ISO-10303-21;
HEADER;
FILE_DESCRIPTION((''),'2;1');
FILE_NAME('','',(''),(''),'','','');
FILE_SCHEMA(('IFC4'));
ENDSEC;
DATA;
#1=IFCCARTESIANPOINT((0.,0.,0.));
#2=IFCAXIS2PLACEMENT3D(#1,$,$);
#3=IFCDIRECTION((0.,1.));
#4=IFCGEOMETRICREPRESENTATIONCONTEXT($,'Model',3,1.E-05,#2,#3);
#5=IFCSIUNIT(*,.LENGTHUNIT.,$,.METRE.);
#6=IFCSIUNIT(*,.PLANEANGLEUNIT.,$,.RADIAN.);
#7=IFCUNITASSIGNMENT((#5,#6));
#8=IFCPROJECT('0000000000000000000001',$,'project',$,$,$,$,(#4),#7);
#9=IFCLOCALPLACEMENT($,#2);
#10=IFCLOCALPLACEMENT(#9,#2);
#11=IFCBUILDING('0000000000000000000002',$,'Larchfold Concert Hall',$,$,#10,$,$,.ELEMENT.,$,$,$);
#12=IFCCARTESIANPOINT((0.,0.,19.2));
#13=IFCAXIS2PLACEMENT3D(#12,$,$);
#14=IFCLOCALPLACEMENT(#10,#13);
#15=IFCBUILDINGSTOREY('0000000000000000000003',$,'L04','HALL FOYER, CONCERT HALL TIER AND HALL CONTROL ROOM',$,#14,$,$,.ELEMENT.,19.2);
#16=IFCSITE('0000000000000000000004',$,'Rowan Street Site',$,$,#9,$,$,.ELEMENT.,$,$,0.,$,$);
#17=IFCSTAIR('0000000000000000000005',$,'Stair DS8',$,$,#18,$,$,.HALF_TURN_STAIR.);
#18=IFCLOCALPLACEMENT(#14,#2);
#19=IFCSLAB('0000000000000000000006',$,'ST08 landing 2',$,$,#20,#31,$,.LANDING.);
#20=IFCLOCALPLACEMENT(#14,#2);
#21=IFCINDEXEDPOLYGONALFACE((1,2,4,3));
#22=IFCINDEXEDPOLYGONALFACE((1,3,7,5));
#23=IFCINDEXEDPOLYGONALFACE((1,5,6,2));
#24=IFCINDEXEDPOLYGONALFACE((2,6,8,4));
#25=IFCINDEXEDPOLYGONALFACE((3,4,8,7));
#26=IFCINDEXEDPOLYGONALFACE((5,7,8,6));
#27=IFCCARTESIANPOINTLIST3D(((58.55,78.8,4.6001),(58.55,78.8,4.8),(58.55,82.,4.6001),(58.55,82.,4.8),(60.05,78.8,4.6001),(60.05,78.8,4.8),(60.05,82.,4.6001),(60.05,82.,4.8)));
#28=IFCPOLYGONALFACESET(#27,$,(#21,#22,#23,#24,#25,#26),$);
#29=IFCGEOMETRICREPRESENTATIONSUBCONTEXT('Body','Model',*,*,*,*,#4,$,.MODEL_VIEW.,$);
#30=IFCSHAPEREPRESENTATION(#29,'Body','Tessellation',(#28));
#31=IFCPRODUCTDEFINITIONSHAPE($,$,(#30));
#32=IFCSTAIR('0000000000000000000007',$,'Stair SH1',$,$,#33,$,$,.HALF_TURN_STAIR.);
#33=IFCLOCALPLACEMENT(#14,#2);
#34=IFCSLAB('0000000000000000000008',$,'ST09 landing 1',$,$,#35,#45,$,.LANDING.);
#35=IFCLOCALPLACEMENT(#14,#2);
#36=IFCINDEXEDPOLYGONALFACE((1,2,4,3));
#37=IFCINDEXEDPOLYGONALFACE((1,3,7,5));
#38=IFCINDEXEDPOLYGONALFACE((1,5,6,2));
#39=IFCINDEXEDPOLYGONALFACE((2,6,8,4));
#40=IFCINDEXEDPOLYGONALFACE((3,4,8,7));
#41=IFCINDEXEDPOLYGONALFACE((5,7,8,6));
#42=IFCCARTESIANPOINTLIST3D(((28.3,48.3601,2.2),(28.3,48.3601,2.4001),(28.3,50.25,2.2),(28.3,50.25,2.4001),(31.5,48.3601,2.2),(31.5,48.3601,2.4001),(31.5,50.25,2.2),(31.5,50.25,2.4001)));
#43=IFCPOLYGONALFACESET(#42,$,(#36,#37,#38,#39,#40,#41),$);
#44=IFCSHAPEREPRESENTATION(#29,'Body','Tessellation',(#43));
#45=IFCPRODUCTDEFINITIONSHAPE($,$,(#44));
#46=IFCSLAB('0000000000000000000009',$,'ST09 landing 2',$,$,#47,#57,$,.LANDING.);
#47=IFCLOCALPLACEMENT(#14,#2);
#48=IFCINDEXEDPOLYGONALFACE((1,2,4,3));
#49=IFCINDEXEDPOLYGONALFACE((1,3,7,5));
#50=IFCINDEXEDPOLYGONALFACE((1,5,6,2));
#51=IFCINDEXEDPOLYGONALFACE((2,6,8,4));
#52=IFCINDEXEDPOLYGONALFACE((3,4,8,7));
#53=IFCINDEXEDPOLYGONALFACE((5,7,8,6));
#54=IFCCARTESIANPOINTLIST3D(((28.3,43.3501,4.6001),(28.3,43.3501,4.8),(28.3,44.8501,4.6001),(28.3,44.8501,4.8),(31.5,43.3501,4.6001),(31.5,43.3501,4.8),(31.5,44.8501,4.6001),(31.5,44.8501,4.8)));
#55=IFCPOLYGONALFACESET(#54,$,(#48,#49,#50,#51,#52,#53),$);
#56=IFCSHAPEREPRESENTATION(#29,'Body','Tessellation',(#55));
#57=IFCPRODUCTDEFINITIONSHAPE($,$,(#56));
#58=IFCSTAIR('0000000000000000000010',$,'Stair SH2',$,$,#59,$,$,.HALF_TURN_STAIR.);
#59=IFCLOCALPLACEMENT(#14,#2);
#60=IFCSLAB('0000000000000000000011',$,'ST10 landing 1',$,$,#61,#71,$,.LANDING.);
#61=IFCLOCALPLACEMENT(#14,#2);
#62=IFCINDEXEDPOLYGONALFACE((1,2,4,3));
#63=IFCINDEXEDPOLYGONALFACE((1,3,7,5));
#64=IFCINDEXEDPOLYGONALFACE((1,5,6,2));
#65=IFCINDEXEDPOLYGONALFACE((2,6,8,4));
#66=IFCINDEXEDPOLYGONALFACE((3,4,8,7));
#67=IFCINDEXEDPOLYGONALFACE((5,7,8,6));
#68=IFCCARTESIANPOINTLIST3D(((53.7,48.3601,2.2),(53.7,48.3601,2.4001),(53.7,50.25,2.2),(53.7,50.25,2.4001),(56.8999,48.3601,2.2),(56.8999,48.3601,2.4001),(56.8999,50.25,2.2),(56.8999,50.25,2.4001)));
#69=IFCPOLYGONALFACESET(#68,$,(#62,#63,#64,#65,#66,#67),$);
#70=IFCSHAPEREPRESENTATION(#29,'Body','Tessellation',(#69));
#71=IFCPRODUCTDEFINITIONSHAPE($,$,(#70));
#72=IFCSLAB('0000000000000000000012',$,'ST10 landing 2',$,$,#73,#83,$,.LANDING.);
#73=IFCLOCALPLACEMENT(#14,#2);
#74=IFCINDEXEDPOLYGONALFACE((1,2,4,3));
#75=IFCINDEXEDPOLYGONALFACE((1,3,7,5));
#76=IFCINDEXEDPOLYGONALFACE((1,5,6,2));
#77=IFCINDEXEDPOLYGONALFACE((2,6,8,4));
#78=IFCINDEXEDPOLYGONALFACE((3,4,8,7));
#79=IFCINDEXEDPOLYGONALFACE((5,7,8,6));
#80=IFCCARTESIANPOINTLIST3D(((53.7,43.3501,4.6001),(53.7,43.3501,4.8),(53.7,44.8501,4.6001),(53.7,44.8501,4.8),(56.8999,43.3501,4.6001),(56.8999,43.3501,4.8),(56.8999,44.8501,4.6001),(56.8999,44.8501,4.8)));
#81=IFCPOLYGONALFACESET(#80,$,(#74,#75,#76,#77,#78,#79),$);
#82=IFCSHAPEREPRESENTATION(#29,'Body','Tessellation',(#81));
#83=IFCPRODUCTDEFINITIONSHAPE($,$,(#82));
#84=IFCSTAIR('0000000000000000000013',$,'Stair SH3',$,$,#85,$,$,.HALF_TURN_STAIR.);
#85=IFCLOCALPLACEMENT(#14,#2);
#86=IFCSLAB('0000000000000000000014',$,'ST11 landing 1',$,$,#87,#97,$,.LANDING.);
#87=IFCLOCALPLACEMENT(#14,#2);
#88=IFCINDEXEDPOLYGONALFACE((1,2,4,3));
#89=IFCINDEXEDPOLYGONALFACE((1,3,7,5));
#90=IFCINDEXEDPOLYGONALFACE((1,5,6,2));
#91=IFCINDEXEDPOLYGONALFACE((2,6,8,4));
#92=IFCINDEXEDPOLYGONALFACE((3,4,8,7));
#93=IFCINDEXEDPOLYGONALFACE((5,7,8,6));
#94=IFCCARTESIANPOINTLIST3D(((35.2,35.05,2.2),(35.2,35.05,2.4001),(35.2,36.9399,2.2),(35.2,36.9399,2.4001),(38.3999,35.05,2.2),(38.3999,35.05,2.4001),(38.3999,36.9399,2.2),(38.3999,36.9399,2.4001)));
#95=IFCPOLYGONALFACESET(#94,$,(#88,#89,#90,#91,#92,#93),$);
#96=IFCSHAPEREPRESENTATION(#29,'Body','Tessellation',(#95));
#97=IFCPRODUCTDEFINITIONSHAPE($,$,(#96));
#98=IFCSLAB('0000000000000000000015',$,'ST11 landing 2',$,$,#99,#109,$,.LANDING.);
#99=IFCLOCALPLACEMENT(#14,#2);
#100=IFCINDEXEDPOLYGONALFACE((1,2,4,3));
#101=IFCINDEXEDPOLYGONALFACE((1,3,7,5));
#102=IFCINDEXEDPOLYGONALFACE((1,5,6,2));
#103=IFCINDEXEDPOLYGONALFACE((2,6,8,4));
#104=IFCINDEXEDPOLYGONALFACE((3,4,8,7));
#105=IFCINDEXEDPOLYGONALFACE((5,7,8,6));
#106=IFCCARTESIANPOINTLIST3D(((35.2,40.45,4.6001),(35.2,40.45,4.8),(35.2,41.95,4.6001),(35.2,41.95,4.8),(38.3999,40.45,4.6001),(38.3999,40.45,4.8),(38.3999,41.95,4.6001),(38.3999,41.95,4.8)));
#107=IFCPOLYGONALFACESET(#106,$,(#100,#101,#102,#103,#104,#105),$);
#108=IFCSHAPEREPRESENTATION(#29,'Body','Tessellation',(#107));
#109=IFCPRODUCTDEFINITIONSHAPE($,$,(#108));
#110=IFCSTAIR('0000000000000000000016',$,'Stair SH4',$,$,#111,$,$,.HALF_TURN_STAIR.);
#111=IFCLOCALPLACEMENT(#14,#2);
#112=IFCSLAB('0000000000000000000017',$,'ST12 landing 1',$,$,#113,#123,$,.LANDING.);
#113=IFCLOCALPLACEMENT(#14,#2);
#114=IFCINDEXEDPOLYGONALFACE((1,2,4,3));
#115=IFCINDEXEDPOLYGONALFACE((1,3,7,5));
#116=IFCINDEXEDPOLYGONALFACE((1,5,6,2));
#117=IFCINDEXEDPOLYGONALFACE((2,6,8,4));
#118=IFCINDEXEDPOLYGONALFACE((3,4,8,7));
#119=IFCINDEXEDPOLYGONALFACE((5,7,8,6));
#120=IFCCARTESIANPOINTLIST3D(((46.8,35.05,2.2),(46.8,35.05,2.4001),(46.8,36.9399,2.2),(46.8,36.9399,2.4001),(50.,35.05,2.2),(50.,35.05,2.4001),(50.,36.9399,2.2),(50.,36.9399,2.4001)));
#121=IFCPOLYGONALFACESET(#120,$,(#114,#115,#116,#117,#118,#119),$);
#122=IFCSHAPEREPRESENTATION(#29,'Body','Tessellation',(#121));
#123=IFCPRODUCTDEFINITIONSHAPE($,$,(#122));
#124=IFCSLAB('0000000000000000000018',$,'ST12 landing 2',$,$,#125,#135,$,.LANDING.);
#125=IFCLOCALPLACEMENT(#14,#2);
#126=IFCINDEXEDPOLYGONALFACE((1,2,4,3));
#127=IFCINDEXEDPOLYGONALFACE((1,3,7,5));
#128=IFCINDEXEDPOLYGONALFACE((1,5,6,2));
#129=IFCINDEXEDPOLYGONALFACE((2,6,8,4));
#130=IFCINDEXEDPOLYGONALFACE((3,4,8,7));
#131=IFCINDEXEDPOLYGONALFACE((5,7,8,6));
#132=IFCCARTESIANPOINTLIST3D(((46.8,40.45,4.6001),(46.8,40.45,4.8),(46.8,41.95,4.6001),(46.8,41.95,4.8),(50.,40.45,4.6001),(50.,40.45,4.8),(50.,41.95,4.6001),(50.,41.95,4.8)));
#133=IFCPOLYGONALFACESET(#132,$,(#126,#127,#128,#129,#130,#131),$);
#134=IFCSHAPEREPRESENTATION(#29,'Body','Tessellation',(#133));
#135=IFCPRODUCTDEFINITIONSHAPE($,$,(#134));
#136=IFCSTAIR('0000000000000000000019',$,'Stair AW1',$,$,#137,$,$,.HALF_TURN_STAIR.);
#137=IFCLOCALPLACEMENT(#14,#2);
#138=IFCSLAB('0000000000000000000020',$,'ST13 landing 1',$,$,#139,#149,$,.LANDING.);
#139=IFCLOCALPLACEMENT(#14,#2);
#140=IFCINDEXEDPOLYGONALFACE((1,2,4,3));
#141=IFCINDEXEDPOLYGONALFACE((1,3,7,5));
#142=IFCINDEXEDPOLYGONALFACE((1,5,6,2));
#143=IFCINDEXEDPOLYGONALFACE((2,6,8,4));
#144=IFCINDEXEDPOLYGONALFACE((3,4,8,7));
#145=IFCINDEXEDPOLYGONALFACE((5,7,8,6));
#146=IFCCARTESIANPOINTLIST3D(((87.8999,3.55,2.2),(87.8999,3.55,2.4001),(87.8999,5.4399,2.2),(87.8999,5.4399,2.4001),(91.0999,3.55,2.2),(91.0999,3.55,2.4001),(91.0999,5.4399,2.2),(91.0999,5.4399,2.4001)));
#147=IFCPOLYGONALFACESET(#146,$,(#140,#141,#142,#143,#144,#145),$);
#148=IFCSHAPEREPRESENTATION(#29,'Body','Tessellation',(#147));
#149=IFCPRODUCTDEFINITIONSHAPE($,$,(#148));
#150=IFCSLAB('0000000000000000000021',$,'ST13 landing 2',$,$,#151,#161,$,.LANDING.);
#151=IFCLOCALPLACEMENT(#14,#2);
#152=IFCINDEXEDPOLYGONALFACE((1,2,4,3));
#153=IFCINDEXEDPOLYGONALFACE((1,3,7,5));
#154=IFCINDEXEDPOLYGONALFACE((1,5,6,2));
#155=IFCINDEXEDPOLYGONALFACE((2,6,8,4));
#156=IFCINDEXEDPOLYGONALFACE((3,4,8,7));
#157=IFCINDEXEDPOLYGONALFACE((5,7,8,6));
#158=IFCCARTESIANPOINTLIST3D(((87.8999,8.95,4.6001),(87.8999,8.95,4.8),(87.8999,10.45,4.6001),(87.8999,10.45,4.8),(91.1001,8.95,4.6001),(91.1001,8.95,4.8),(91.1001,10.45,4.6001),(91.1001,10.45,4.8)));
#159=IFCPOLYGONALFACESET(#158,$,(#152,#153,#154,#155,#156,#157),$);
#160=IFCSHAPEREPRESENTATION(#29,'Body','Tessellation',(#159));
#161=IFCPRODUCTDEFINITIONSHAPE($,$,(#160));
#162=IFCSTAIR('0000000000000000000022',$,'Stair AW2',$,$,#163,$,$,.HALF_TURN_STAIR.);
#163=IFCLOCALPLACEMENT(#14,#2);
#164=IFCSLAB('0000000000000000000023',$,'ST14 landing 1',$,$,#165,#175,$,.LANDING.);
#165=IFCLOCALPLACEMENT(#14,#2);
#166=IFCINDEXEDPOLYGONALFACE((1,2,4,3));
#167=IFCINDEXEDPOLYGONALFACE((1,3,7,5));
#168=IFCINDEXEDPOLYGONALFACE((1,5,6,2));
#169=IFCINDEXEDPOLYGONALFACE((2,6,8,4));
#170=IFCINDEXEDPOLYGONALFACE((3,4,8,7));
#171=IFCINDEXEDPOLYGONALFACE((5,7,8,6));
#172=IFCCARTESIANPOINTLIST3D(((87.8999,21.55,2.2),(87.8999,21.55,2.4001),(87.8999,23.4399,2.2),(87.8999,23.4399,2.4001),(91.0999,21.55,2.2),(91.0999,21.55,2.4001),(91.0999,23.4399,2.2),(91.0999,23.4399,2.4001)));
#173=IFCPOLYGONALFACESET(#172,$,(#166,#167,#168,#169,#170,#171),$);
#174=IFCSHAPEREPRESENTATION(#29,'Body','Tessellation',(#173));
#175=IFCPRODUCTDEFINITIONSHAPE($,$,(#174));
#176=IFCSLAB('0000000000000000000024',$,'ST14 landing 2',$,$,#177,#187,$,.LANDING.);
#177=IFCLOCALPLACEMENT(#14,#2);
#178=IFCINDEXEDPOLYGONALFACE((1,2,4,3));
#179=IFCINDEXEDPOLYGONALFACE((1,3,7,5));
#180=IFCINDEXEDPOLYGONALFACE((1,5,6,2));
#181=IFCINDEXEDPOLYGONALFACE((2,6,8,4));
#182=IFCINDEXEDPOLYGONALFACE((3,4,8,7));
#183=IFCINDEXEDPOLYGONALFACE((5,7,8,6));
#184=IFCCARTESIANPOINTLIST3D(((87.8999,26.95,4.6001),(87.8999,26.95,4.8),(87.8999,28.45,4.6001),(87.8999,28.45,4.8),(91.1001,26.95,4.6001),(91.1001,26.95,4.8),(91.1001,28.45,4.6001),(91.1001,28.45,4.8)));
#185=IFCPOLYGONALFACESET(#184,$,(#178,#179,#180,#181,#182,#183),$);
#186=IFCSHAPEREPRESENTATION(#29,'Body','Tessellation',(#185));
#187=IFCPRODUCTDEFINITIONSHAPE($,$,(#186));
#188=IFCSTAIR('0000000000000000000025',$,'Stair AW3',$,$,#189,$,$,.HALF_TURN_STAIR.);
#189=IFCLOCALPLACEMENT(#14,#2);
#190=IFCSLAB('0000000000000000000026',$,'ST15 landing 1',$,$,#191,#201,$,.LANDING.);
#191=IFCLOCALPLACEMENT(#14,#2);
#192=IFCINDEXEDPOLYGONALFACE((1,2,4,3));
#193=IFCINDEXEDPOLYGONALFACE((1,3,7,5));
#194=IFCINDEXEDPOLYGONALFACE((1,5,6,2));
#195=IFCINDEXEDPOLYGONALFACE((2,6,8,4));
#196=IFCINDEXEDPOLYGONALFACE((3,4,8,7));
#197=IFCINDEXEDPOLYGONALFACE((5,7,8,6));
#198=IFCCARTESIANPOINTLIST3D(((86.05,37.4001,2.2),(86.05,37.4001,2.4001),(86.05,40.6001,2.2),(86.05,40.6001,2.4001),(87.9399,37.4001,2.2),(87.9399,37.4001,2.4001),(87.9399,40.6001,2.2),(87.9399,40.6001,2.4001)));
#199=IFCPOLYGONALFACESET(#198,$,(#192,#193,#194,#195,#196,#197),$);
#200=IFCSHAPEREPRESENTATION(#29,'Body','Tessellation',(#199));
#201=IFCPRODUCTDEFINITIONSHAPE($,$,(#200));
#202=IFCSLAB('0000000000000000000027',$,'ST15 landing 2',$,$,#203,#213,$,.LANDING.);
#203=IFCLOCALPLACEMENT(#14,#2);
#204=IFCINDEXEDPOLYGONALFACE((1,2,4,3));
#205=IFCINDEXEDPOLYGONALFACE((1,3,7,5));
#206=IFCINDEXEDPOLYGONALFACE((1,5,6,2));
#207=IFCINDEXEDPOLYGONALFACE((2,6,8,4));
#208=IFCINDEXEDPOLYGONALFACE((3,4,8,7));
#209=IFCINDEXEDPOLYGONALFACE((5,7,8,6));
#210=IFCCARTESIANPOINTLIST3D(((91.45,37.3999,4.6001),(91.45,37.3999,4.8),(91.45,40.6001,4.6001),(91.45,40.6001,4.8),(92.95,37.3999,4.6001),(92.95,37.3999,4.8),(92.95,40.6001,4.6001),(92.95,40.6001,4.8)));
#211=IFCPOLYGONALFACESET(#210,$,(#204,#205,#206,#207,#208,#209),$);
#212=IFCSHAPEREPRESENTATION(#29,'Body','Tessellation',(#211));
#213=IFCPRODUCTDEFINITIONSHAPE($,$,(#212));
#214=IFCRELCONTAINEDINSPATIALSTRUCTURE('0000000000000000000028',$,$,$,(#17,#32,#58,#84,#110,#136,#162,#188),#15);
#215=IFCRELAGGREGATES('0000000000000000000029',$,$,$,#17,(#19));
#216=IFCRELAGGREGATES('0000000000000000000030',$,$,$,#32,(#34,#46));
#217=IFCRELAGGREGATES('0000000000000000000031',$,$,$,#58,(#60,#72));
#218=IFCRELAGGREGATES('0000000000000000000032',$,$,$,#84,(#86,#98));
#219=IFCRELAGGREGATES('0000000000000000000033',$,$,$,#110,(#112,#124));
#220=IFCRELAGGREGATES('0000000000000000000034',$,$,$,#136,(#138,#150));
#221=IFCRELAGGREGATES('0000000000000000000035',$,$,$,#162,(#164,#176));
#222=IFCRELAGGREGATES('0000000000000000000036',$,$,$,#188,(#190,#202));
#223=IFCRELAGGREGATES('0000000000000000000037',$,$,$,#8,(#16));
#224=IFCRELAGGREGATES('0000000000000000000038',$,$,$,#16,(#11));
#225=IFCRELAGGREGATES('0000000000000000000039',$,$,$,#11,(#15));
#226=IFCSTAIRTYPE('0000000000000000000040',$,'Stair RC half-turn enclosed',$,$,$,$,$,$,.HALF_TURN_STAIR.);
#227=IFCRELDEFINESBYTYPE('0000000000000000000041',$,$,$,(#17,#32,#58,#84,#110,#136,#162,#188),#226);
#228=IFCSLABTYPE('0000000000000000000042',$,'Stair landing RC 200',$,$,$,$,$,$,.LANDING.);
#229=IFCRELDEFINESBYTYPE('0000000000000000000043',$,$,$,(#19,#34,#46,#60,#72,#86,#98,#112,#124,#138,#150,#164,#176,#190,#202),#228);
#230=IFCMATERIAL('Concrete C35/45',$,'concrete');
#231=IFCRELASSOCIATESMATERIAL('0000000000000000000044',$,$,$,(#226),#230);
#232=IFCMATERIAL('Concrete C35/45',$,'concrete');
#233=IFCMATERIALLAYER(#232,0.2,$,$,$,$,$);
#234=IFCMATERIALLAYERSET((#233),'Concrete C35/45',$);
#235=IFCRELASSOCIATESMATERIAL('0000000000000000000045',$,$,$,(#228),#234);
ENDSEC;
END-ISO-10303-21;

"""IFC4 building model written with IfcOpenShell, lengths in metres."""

from ifc_helpers import new_model, si_unit, direction, frame, origin, place, context, subcontext, project, spatial, polyline, outline, extrude, material, layer, layer_set, type_object, element, aggregate, save


model = new_model("IFC4")

# Units and contexts
model_context = context("Model", 3, precision=1e-05, world=origin(), true_north=direction((0.0, 1.0)))
body_context = subcontext(model_context, "Body", "Model", "MODEL_VIEW")
ifc_project = project(units=[si_unit("LENGTHUNIT", "METRE"), si_unit("PLANEANGLEUNIT", "RADIAN")], contexts=[model_context])

# Site, building, storey
site_placement = place(None, origin())
site = spatial("IfcSite", under=ifc_project, at=site_placement, Name="Rowan Street Site", CompositionType="ELEMENT", RefElevation=0.0)
building_placement = place(site_placement, origin())
building = spatial("IfcBuilding", under=site, at=building_placement, Name="Larchfold Concert Hall", CompositionType="ELEMENT")
storey_placement = place(building_placement, frame((0.0, 0.0, 19.2)))
storey = spatial("IfcBuildingStorey", under=building, at=storey_placement, Name="L04", Description="HALL FOYER, CONCERT HALL TIER AND HALL CONTROL ROOM", CompositionType="ELEMENT", Elevation=19.2)

# Stair, slab
ifc_material_1 = material(Name="Concrete C35/45", Category="concrete")
stair_type = type_object("IfcStairType", Name="Stair RC half-turn enclosed", PredefinedType="HALF_TURN_STAIR", material=ifc_material_1)
stair_1_placement = place(storey_placement, origin())
stair_1 = element("IfcStair", 1, at=stair_1_placement, inside=storey, type_object=stair_type, Name="Stair DS8", PredefinedType="HALF_TURN_STAIR")
ifc_material_2 = material(Name="Concrete C35/45", Category="concrete")
ifc_layer_1 = layer(ifc_material_2, 0.2)
ifc_layer_set_1 = layer_set([ifc_layer_1], Name="Concrete C35/45")
slab_type = type_object("IfcSlabType", Name="Stair landing RC 200", PredefinedType="LANDING", material=ifc_layer_set_1)
slab_1_placement = place(storey_placement, frame((0.0, 0.0, 4.6001)))
slab_1 = element("IfcSlab", 2, at=slab_1_placement, type_object=slab_type, Name="ST08 landing 2", PredefinedType="LANDING", context=body_context, shape_type="SweptSolid", body=[
    extrude(outline(polyline([(58.55, 78.8), (60.05, 78.8), (60.05, 82.0), (58.55, 82.0), (58.55, 78.8)])), origin(), (0.0, 0.0, 1.0), 0.2),
])
aggregate(stair_1, [slab_1])

# Stairs, slabs
stair_2_placement = place(storey_placement, origin())
stair_2 = element("IfcStair", 3, at=stair_2_placement, inside=storey, type_object=stair_type, Name="Stair SH1", PredefinedType="HALF_TURN_STAIR")
slab_2_placement = place(storey_placement, frame((0.0, 0.0, 2.2)))
slab_2 = element("IfcSlab", 4, at=slab_2_placement, type_object=slab_type, Name="ST09 landing 1", PredefinedType="LANDING", context=body_context, shape_type="SweptSolid", body=[
    extrude(outline(polyline([(31.5, 48.3601), (31.5, 50.25), (28.3, 50.25), (28.3, 48.3601), (31.5, 48.3601)])), origin(), (0.0, 0.0, 1.0), 0.2002),
])
slab_3_placement = place(storey_placement, frame((0.0, 0.0, 4.6001)))
slab_3 = element("IfcSlab", 5, at=slab_3_placement, type_object=slab_type, Name="ST09 landing 2", PredefinedType="LANDING", context=body_context, shape_type="SweptSolid", body=[
    extrude(outline(polyline([(31.5, 43.3501), (31.5, 44.8501), (28.3, 44.8501), (28.3, 43.3501), (31.5, 43.3501)])), origin(), (0.0, 0.0, 1.0), 0.2),
])
aggregate(stair_2, [slab_2, slab_3])
stair_3_placement = place(storey_placement, origin())
stair_3 = element("IfcStair", 6, at=stair_3_placement, inside=storey, type_object=stair_type, Name="Stair SH2", PredefinedType="HALF_TURN_STAIR")
slab_4_placement = place(storey_placement, frame((0.0, 0.0, 2.2)))
slab_4 = element("IfcSlab", 7, at=slab_4_placement, type_object=slab_type, Name="ST10 landing 1", PredefinedType="LANDING", context=body_context, shape_type="SweptSolid", body=[
    extrude(outline(polyline([(56.8999, 48.3601), (56.8999, 50.25), (53.7, 50.25), (53.7, 48.3601), (56.8999, 48.3601)])), origin(), (0.0, 0.0, 1.0), 0.2002),
])
slab_5_placement = place(storey_placement, frame((0.0, 0.0, 4.6001)))
slab_5 = element("IfcSlab", 8, at=slab_5_placement, type_object=slab_type, Name="ST10 landing 2", PredefinedType="LANDING", context=body_context, shape_type="SweptSolid", body=[
    extrude(outline(polyline([(56.8999, 43.3501), (56.8999, 44.8501), (53.7, 44.8501), (53.7, 43.3501), (56.8999, 43.3501)])), origin(), (0.0, 0.0, 1.0), 0.2),
])
aggregate(stair_3, [slab_4, slab_5])
stair_4_placement = place(storey_placement, origin())
stair_4 = element("IfcStair", 9, at=stair_4_placement, inside=storey, type_object=stair_type, Name="Stair SH3", PredefinedType="HALF_TURN_STAIR")
slab_6_placement = place(storey_placement, frame((0.0, 0.0, 2.2)))
slab_6 = element("IfcSlab", 10, at=slab_6_placement, type_object=slab_type, Name="ST11 landing 1", PredefinedType="LANDING", context=body_context, shape_type="SweptSolid", body=[
    extrude(outline(polyline([(35.2, 36.9399), (35.2, 35.05), (38.3999, 35.05), (38.3999, 36.9399), (35.2, 36.9399)])), origin(), (0.0, 0.0, 1.0), 0.2002),
])
slab_7_placement = place(storey_placement, frame((0.0, 0.0, 4.6001)))
slab_7 = element("IfcSlab", 11, at=slab_7_placement, type_object=slab_type, Name="ST11 landing 2", PredefinedType="LANDING", context=body_context, shape_type="SweptSolid", body=[
    extrude(outline(polyline([(35.2, 41.95), (35.2, 40.45), (38.3999, 40.45), (38.3999, 41.95), (35.2, 41.95)])), origin(), (0.0, 0.0, 1.0), 0.2),
])
aggregate(stair_4, [slab_6, slab_7])
stair_5_placement = place(storey_placement, origin())
stair_5 = element("IfcStair", 12, at=stair_5_placement, inside=storey, type_object=stair_type, Name="Stair SH4", PredefinedType="HALF_TURN_STAIR")
slab_8_placement = place(storey_placement, frame((0.0, 0.0, 2.2)))
slab_8 = element("IfcSlab", 13, at=slab_8_placement, type_object=slab_type, Name="ST12 landing 1", PredefinedType="LANDING", context=body_context, shape_type="SweptSolid", body=[
    extrude(outline(polyline([(46.8, 36.9399), (46.8, 35.05), (50.0, 35.05), (50.0, 36.9399), (46.8, 36.9399)])), origin(), (0.0, 0.0, 1.0), 0.2002),
])
slab_9_placement = place(storey_placement, frame((0.0, 0.0, 4.6001)))
slab_9 = element("IfcSlab", 14, at=slab_9_placement, type_object=slab_type, Name="ST12 landing 2", PredefinedType="LANDING", context=body_context, shape_type="SweptSolid", body=[
    extrude(outline(polyline([(46.8, 41.95), (46.8, 40.45), (50.0, 40.45), (50.0, 41.95), (46.8, 41.95)])), origin(), (0.0, 0.0, 1.0), 0.2),
])
aggregate(stair_5, [slab_8, slab_9])
stair_6_placement = place(storey_placement, origin())
stair_6 = element("IfcStair", 15, at=stair_6_placement, inside=storey, type_object=stair_type, Name="Stair AW1", PredefinedType="HALF_TURN_STAIR")
slab_10_placement = place(storey_placement, frame((0.0, 0.0, 2.2)))
slab_10 = element("IfcSlab", 16, at=slab_10_placement, type_object=slab_type, Name="ST13 landing 1", PredefinedType="LANDING", context=body_context, shape_type="SweptSolid", body=[
    extrude(outline(polyline([(87.8999, 5.4399), (87.8999, 3.55), (91.0999, 3.55), (91.0999, 5.4399), (87.8999, 5.4399)])), origin(), (0.0, 0.0, 1.0), 0.2002),
])
slab_11_placement = place(storey_placement, frame((0.0, 0.0, 4.6001)))
slab_11 = element("IfcSlab", 17, at=slab_11_placement, type_object=slab_type, Name="ST13 landing 2", PredefinedType="LANDING", context=body_context, shape_type="SweptSolid", body=[
    extrude(outline(polyline([(87.8999, 10.45), (87.8999, 8.95), (91.1001, 8.95), (91.1001, 10.45), (87.8999, 10.45)])), origin(), (0.0, 0.0, 1.0), 0.2),
])
aggregate(stair_6, [slab_10, slab_11])
stair_7_placement = place(storey_placement, origin())
stair_7 = element("IfcStair", 18, at=stair_7_placement, inside=storey, type_object=stair_type, Name="Stair AW2", PredefinedType="HALF_TURN_STAIR")
slab_12_placement = place(storey_placement, frame((0.0, 0.0, 2.2)))
slab_12 = element("IfcSlab", 19, at=slab_12_placement, type_object=slab_type, Name="ST14 landing 1", PredefinedType="LANDING", context=body_context, shape_type="SweptSolid", body=[
    extrude(outline(polyline([(87.8999, 23.4399), (87.8999, 21.55), (91.0999, 21.55), (91.0999, 23.4399), (87.8999, 23.4399)])), origin(), (0.0, 0.0, 1.0), 0.2002),
])
slab_13_placement = place(storey_placement, frame((0.0, 0.0, 4.6001)))
slab_13 = element("IfcSlab", 20, at=slab_13_placement, type_object=slab_type, Name="ST14 landing 2", PredefinedType="LANDING", context=body_context, shape_type="SweptSolid", body=[
    extrude(outline(polyline([(87.8999, 28.45), (87.8999, 26.95), (91.1001, 26.95), (91.1001, 28.45), (87.8999, 28.45)])), origin(), (0.0, 0.0, 1.0), 0.2),
])
aggregate(stair_7, [slab_12, slab_13])
stair_8_placement = place(storey_placement, origin())
stair_8 = element("IfcStair", 21, at=stair_8_placement, inside=storey, type_object=stair_type, Name="Stair AW3", PredefinedType="HALF_TURN_STAIR")
slab_14_placement = place(storey_placement, frame((0.0, 0.0, 2.2)))
slab_14 = element("IfcSlab", 22, at=slab_14_placement, type_object=slab_type, Name="ST15 landing 1", PredefinedType="LANDING", context=body_context, shape_type="SweptSolid", body=[
    extrude(outline(polyline([(87.9399, 40.6001), (86.05, 40.6001), (86.05, 37.4001), (87.9399, 37.4001), (87.9399, 40.6001)])), origin(), (0.0, 0.0, 1.0), 0.2002),
])
slab_15_placement = place(storey_placement, frame((0.0, 0.0, 4.6001)))
slab_15 = element("IfcSlab", 23, at=slab_15_placement, type_object=slab_type, Name="ST15 landing 2", PredefinedType="LANDING", context=body_context, shape_type="SweptSolid", body=[
    extrude(outline(polyline([(92.95, 40.6001), (91.45, 40.6001), (91.45, 37.3999), (92.95, 37.3999), (92.95, 40.6001)])), origin(), (0.0, 0.0, 1.0), 0.2),
])
aggregate(stair_8, [slab_14, slab_15])

save(model, "model.ifc")
